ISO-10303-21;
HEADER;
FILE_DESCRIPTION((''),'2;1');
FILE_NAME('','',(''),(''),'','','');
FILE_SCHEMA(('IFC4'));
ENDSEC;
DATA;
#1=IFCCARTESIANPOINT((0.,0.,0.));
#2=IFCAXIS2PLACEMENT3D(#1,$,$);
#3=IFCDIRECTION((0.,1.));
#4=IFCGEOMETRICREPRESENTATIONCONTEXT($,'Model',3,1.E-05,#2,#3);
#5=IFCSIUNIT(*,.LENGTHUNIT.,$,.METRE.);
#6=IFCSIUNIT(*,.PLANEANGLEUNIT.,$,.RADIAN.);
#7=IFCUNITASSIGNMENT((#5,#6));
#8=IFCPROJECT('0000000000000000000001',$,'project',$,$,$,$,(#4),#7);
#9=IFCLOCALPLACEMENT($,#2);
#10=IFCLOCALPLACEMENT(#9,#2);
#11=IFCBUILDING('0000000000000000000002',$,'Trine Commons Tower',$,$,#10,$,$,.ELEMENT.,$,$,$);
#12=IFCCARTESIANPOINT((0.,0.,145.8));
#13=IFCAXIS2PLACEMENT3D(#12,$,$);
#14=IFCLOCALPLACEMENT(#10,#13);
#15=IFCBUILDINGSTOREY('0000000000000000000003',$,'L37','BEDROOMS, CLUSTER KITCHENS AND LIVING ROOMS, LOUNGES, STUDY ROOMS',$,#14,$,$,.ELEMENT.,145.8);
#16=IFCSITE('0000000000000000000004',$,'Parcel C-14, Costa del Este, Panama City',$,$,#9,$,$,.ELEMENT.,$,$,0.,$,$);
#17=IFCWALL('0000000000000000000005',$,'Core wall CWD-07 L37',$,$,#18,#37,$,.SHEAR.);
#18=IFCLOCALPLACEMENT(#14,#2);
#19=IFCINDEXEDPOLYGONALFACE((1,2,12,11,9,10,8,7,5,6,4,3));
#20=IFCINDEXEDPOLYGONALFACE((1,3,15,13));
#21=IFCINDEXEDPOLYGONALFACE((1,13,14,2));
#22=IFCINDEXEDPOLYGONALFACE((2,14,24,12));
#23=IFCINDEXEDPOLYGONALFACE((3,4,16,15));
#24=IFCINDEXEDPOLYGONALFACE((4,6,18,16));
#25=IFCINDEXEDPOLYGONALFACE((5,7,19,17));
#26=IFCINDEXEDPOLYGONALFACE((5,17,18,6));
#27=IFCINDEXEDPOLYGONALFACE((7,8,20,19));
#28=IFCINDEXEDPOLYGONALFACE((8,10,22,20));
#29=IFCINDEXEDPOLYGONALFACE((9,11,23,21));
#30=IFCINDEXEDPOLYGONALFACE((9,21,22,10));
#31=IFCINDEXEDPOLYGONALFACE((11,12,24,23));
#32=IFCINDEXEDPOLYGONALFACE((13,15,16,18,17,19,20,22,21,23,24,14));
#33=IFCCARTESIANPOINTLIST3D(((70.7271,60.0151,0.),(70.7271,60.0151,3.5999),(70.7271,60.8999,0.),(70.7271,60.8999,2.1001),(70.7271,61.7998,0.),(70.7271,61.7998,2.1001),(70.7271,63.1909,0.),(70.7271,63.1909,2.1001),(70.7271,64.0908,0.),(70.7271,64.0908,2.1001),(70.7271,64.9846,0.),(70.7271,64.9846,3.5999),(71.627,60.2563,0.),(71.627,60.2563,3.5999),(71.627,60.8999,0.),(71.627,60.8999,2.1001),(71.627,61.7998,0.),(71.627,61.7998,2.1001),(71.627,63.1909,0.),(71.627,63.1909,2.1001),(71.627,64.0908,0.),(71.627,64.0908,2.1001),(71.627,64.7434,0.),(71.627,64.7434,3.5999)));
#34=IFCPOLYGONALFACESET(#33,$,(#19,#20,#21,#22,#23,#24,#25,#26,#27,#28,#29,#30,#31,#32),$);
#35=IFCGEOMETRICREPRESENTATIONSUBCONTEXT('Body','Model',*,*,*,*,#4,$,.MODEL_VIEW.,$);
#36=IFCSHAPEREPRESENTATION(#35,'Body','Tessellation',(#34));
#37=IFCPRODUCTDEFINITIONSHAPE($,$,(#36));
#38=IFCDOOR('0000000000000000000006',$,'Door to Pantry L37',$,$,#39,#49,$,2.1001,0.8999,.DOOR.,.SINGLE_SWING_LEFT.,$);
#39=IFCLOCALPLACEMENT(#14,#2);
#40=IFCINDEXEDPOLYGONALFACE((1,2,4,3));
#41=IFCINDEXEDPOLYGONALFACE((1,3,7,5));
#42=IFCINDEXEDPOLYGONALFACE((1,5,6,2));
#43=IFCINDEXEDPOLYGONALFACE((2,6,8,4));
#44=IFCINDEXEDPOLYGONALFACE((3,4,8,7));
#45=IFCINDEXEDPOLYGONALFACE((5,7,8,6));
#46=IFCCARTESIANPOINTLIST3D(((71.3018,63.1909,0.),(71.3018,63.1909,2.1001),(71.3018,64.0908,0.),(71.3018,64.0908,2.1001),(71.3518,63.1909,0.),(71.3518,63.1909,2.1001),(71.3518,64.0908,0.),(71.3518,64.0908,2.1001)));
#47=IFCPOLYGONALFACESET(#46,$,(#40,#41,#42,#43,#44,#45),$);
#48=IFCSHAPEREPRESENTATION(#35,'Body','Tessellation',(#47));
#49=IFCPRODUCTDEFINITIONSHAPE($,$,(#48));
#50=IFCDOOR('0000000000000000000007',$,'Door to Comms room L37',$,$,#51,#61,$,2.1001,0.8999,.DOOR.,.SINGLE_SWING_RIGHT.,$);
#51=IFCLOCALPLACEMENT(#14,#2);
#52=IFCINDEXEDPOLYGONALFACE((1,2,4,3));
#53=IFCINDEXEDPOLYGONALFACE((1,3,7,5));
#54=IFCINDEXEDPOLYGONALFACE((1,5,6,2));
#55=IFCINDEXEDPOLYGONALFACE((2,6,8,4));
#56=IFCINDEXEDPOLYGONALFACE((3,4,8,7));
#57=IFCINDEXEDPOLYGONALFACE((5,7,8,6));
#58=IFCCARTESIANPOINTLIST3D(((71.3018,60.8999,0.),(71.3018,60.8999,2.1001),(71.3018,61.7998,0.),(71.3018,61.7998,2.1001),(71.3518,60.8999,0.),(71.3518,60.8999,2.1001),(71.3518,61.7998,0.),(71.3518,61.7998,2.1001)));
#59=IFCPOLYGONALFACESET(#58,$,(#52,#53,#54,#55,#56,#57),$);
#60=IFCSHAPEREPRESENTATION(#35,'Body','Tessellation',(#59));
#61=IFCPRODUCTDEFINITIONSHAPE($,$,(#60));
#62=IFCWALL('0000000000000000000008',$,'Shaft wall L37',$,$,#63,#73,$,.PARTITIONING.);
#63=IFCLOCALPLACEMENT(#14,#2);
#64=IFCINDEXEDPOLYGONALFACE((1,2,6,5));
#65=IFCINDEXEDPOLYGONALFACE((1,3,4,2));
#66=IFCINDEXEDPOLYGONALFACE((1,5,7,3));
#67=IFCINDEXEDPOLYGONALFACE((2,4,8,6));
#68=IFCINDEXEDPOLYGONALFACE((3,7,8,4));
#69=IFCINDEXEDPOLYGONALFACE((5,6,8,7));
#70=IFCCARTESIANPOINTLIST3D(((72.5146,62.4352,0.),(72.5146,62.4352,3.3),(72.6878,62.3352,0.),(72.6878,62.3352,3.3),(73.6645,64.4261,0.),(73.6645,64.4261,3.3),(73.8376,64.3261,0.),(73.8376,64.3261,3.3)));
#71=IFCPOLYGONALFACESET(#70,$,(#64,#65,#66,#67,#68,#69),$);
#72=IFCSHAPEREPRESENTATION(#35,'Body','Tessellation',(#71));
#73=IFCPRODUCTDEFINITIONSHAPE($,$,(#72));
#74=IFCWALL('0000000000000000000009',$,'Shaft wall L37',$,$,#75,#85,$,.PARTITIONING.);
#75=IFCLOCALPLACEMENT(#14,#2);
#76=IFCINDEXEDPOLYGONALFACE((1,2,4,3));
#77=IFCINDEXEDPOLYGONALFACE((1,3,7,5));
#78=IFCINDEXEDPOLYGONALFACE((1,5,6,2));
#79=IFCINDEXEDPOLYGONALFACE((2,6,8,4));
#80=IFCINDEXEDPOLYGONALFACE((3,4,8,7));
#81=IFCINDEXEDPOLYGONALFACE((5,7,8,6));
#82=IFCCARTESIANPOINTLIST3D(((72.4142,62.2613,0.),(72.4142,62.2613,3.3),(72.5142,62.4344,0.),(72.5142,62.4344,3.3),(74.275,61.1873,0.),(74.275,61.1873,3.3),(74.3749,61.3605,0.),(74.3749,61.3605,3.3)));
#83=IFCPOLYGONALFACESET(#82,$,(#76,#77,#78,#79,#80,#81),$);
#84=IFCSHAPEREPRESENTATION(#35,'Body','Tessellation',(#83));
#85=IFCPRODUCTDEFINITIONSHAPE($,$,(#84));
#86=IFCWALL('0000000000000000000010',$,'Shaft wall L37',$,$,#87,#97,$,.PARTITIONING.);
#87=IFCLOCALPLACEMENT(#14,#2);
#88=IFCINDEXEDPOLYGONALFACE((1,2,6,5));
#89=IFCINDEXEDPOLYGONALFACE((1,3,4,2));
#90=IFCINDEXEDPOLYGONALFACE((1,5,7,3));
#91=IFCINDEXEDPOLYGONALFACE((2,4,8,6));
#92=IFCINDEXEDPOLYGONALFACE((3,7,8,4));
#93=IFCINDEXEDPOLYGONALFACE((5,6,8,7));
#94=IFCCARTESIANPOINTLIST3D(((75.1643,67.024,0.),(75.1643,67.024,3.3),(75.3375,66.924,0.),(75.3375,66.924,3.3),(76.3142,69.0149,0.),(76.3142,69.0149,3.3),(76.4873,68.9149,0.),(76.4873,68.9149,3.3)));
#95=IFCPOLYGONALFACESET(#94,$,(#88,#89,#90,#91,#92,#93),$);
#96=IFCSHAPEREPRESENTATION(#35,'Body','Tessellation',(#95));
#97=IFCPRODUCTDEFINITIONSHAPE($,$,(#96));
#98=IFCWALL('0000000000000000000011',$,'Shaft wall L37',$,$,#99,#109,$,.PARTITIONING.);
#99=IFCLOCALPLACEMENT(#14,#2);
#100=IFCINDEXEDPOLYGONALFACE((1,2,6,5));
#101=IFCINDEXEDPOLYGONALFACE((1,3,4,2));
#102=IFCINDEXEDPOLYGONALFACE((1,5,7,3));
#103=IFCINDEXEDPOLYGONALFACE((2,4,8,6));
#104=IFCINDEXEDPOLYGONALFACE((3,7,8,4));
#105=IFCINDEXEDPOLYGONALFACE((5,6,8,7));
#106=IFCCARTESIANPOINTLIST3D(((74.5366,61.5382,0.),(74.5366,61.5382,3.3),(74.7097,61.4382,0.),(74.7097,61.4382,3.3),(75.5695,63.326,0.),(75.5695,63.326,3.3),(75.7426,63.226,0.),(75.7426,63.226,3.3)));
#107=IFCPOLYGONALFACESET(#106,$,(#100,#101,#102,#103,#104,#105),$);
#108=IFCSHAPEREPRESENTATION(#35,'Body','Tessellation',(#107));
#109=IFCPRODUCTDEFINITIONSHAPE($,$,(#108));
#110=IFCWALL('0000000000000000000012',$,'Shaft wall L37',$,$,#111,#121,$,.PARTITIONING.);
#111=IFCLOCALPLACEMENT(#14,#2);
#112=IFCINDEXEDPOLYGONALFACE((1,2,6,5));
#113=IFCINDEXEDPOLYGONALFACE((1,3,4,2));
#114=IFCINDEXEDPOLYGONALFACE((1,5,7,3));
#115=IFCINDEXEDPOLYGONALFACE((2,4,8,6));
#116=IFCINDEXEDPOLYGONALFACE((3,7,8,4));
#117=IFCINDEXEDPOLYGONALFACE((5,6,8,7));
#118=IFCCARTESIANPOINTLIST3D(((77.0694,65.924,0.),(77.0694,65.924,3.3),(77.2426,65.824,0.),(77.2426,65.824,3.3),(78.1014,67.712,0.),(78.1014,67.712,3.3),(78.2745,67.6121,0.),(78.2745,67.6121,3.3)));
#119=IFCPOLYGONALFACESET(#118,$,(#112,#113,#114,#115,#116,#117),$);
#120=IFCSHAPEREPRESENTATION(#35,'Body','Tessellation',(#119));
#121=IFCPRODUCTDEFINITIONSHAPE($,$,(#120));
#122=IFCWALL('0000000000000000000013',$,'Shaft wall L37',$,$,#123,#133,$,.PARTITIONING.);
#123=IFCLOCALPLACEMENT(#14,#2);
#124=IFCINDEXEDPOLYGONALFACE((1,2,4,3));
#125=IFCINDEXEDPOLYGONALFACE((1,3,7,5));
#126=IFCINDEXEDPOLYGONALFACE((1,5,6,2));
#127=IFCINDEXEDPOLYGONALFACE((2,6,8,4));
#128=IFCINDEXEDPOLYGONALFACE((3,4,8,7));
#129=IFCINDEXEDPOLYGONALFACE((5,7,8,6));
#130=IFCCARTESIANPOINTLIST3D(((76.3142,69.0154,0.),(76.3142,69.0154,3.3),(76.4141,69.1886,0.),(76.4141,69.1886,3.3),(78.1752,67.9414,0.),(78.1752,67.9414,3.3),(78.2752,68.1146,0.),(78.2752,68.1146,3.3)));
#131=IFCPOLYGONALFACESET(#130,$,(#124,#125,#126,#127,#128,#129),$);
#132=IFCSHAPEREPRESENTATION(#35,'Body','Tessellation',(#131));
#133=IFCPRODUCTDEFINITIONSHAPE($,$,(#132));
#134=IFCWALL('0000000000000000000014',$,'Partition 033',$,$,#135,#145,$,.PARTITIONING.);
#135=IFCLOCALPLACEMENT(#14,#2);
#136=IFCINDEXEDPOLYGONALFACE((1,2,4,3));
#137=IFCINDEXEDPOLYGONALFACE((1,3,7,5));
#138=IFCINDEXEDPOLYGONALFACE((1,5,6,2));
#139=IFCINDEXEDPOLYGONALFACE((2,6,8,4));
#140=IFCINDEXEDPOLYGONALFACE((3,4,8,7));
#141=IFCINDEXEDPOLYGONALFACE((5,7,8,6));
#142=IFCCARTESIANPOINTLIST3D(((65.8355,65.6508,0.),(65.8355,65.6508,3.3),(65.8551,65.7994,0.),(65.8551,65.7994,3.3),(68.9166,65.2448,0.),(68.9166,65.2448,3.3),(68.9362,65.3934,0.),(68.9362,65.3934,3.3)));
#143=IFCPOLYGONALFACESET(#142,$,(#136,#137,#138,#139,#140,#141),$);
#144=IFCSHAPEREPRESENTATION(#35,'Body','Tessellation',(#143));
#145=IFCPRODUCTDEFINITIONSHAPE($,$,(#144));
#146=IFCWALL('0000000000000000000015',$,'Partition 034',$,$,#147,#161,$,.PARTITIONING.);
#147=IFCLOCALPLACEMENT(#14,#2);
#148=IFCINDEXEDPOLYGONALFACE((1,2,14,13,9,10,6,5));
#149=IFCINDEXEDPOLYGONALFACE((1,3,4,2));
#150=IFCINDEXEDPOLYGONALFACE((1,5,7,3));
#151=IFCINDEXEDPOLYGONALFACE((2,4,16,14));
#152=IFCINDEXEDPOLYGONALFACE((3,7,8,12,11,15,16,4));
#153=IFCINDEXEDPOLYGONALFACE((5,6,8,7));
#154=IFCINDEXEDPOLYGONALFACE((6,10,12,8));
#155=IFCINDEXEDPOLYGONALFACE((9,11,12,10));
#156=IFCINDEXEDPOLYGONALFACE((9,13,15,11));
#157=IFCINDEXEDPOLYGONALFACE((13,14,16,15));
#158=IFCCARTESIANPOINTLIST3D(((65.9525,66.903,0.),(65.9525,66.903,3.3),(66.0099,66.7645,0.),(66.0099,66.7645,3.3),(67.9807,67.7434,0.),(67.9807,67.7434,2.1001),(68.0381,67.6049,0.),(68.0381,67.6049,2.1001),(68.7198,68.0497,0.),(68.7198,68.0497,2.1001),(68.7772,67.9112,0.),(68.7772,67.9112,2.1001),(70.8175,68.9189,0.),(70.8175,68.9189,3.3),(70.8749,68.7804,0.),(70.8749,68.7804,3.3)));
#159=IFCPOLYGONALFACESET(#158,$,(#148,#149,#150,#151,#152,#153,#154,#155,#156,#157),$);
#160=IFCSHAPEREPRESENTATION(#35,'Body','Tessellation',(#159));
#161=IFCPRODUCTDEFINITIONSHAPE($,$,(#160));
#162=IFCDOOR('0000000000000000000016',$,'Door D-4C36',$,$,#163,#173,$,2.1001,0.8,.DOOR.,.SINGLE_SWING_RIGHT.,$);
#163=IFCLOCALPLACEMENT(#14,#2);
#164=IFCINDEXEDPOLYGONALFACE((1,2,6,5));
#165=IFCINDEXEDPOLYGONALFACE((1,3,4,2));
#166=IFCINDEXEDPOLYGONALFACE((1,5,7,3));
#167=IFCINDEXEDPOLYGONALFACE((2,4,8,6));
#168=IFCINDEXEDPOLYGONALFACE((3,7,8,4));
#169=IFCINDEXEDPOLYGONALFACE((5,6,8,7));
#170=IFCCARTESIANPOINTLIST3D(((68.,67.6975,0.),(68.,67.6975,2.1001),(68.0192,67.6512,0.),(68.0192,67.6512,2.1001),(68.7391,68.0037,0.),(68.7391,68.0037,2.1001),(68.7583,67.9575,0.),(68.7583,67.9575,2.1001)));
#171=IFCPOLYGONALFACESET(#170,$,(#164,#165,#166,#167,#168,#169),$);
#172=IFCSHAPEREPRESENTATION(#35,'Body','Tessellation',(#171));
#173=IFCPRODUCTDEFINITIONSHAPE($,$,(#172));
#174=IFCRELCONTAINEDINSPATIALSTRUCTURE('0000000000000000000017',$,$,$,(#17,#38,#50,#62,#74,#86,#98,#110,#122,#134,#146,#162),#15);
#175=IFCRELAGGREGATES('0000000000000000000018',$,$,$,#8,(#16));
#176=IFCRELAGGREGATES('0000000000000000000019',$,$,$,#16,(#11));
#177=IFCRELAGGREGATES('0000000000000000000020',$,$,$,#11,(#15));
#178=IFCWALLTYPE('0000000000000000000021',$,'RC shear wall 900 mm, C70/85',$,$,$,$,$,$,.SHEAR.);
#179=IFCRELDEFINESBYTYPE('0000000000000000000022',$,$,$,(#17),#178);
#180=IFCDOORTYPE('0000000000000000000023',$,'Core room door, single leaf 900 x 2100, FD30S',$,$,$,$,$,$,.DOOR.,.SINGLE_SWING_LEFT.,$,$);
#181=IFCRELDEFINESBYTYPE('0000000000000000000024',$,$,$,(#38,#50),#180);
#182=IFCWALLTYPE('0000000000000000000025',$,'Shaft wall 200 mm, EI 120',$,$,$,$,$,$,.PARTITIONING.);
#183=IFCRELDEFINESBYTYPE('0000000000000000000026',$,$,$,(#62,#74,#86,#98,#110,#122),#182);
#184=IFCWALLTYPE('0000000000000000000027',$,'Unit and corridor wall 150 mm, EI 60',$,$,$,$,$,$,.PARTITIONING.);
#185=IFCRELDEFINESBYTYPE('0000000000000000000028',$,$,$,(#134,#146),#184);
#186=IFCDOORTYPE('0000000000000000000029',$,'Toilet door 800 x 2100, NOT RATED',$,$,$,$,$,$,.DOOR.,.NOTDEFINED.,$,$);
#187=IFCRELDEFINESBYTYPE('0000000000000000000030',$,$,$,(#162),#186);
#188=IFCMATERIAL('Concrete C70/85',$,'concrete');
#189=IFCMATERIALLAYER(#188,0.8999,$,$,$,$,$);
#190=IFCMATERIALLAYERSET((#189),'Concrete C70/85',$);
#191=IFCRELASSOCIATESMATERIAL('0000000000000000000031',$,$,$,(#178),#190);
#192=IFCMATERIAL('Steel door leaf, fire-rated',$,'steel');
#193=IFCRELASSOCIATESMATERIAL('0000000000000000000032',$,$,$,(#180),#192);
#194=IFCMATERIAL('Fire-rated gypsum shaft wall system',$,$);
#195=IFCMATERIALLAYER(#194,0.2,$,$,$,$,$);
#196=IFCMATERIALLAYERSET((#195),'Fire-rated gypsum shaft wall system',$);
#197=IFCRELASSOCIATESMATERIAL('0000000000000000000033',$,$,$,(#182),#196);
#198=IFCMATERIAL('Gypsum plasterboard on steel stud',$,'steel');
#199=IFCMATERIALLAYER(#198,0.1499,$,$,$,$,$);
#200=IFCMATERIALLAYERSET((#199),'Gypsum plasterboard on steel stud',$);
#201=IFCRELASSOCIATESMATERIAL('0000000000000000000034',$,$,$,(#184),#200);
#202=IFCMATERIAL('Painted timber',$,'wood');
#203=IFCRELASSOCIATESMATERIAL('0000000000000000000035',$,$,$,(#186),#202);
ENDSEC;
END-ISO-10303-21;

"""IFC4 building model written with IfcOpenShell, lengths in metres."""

from ifc_helpers import new_model, si_unit, direction, frame, frame_2d, origin, place, context, subcontext, project, spatial, polyline, rectangle, outline, extrude, material, layer, layer_set, type_object, element, fill, save


model = new_model("IFC4")

# Units and contexts
model_context = context("Model", 3, precision=1e-05, world=origin(), true_north=direction((0.0, 1.0)))
body_context = subcontext(model_context, "Body", "Model", "MODEL_VIEW")
ifc_project = project(units=[si_unit("LENGTHUNIT", "METRE"), si_unit("PLANEANGLEUNIT", "RADIAN")], contexts=[model_context])

# Site, building, storey
site_placement = place(None, origin())
site = spatial("IfcSite", under=ifc_project, at=site_placement, Name="Parcel C-14, Costa del Este, Panama City", CompositionType="ELEMENT", RefElevation=0.0)
building_placement = place(site_placement, origin())
building = spatial("IfcBuilding", under=site, at=building_placement, Name="Trine Commons Tower", CompositionType="ELEMENT")
storey_placement = place(building_placement, frame((0.0, 0.0, 145.8)))
storey = spatial("IfcBuildingStorey", under=building, at=storey_placement, Name="L37", Description="BEDROOMS, CLUSTER KITCHENS AND LIVING ROOMS, LOUNGES, STUDY ROOMS", CompositionType="ELEMENT", Elevation=145.8)

# Shared definitions
ifc_material_1 = material(Name="Fire-rated gypsum shaft wall system")
ifc_material_2 = material(Name="Steel door leaf, fire-rated", Category="steel")
ifc_material_3 = material(Name="Concrete C70/85", Category="concrete")

# Wall, openings, doors
ifc_layer_1 = layer(ifc_material_3, 0.8999)
ifc_layer_set_1 = layer_set([ifc_layer_1], Name="Concrete C70/85")
wall_type_1 = type_object("IfcWallType", Name="RC shear wall 900 mm, C70/85", PredefinedType="SHEAR", material=ifc_layer_set_1)
wall_1_placement = place(storey_placement, frame((71.177, 64.9846, 0.0), z_axis=(0.0, 0.0, 1.0), x_axis=(0.0, -1.0, 0.0)))
wall_1 = element("IfcWall", 1, at=wall_1_placement, inside=storey, type_object=wall_type_1, Name="Core wall CWD-07 L37", PredefinedType="SHEAR", context=body_context, shape_type="SweptSolid", body=[
    extrude(outline(polyline([(0.0, -0.45), (4.9695, -0.45), (4.7283, 0.45), (0.2412, 0.45), (0.0, -0.45)])), origin(), (0.0, 0.0, 1.0), 3.5999),
])
opening_1_placement = place(wall_1_placement, frame((0.8938, 0.0, 0.0)))
opening_1 = element("IfcOpeningElement", 2, at=opening_1_placement, cuts=wall_1, PredefinedType="OPENING", context=body_context, shape_type="SweptSolid", body=[
    extrude(rectangle(XDim=0.8999, YDim=2.1001, at=frame_2d((0.45, 1.05))), frame((0.0, 0.46, 0.0), z_axis=(0.0, -1.0, 0.0), x_axis=(1.0, 0.0, 0.0)), (0.0, 0.0, 1.0), 0.9199),
])
opening_2_placement = place(wall_1_placement, frame((3.1848, 0.0, 0.0)))
opening_2 = element("IfcOpeningElement", 3, at=opening_2_placement, cuts=wall_1, PredefinedType="OPENING", context=body_context, shape_type="SweptSolid", body=[
    extrude(rectangle(XDim=0.8999, YDim=2.1001, at=frame_2d((0.45, 1.05))), frame((0.0, 0.46, 0.0), z_axis=(0.0, -1.0, 0.0), x_axis=(1.0, 0.0, 0.0)), (0.0, 0.0, 1.0), 0.9199),
])
door_type_1 = type_object("IfcDoorType", Name="Core room door, single leaf 900 x 2100, FD30S", OperationType="SINGLE_SWING_LEFT", PredefinedType="DOOR", material=ifc_material_2)
door_1_placement = place(opening_1_placement, origin())
door_1 = element("IfcDoor", 4, at=door_1_placement, inside=storey, type_object=door_type_1, Name="Door to Pantry L37", OperationType="SINGLE_SWING_LEFT", OverallHeight=2.1001, OverallWidth=0.8999, PredefinedType="DOOR", context=body_context, shape_type="SweptSolid", body=[
    extrude(rectangle(XDim=0.8999, YDim=2.1001, at=frame_2d((0.45, 1.05))), frame((0.0, 0.1748, 0.0), z_axis=(0.0, -1.0, 0.0), x_axis=(1.0, 0.0, 0.0)), (0.0, 0.0, 1.0), 0.05),
])
fill(opening_1, door_1)
door_2_placement = place(opening_2_placement, origin())
door_2 = element("IfcDoor", 5, at=door_2_placement, inside=storey, type_object=door_type_1, Name="Door to Comms room L37", OperationType="SINGLE_SWING_RIGHT", OverallHeight=2.1001, OverallWidth=0.8999, PredefinedType="DOOR", context=body_context, shape_type="SweptSolid", body=[
    extrude(rectangle(XDim=0.8999, YDim=2.1001, at=frame_2d((0.45, 1.05))), frame((0.0, 0.1748, 0.0), z_axis=(0.0, -1.0, 0.0), x_axis=(1.0, 0.0, 0.0)), (0.0, 0.0, 1.0), 0.05),
])
fill(opening_2, door_2)

# Walls
ifc_layer_2 = layer(ifc_material_1, 0.2)
ifc_layer_set_2 = layer_set([ifc_layer_2], Name="Fire-rated gypsum shaft wall system")
wall_type_2 = type_object("IfcWallType", Name="Shaft wall 200 mm, EI 120", PredefinedType="PARTITIONING", material=ifc_layer_set_2)
wall_2_placement = place(storey_placement, frame((73.751, 64.376, 0.0), z_axis=(0.0, 0.0, 1.0), x_axis=(-0.500136, -0.865947, 0.0)))
element("IfcWall", 6, at=wall_2_placement, inside=storey, type_object=wall_type_2, Name="Shaft wall L37", PredefinedType="PARTITIONING", context=body_context, shape_type="SweptSolid", body=[
    extrude(rectangle(XDim=2.2991, YDim=0.2, at=frame_2d((1.1494, 0.0))), origin(), (0.0, 0.0, 1.0), 3.3),
])
wall_3_placement = place(storey_placement, frame((74.325, 61.2739, 0.0), z_axis=(0.0, 0.0, 1.0), x_axis=(-0.866102, 0.499867, 0.0)))
element("IfcWall", 7, at=wall_3_placement, inside=storey, type_object=wall_type_2, Name="Shaft wall L37", PredefinedType="PARTITIONING", context=body_context, shape_type="SweptSolid", body=[
    extrude(rectangle(XDim=2.1484, YDim=0.2, at=frame_2d((1.0742, 0.0))), origin(), (0.0, 0.0, 1.0), 3.3),
])
wall_4_placement = place(storey_placement, frame((75.251, 66.9741, 0.0), z_axis=(0.0, 0.0, 1.0), x_axis=(0.500136, 0.865947, 0.0)))
element("IfcWall", 8, at=wall_4_placement, inside=storey, type_object=wall_type_2, Name="Shaft wall L37", PredefinedType="PARTITIONING", context=body_context, shape_type="SweptSolid", body=[
    extrude(rectangle(XDim=2.2991, YDim=0.2, at=frame_2d((1.1494, 0.0))), origin(), (0.0, 0.0, 1.0), 3.3),
])
wall_5_placement = place(storey_placement, frame((75.656, 63.2759, 0.0), z_axis=(0.0, 0.0, 1.0), x_axis=(-0.500272, -0.865868, 0.0)))
element("IfcWall", 9, at=wall_5_placement, inside=storey, type_object=wall_type_2, Name="Shaft wall L37", PredefinedType="PARTITIONING", context=body_context, shape_type="SweptSolid", body=[
    extrude(rectangle(XDim=2.0647, YDim=0.2, at=frame_2d((1.0322, 0.0))), origin(), (0.0, 0.0, 1.0), 3.3),
])
wall_6_placement = place(storey_placement, frame((77.156, 65.874, 0.0), z_axis=(0.0, 0.0, 1.0), x_axis=(0.499866, 0.866103, 0.0)))
element("IfcWall", 10, at=wall_6_placement, inside=storey, type_object=wall_type_2, Name="Shaft wall L37", PredefinedType="PARTITIONING", context=body_context, shape_type="SweptSolid", body=[
    extrude(rectangle(XDim=2.0645, YDim=0.2, at=frame_2d((1.0322, 0.0))), origin(), (0.0, 0.0, 1.0), 3.3),
])
wall_7_placement = place(storey_placement, frame((78.2251, 68.0281, 0.0), z_axis=(0.0, 0.0, 1.0), x_axis=(-0.866131, 0.499818, 0.0)))
element("IfcWall", 11, at=wall_7_placement, inside=storey, type_object=wall_type_2, Name="Shaft wall L37", PredefinedType="PARTITIONING", context=body_context, shape_type="SweptSolid", body=[
    extrude(rectangle(XDim=2.1487, YDim=0.2, at=frame_2d((1.0742, 0.0))), origin(), (0.0, 0.0, 1.0), 3.3),
])
ifc_material_4 = material(Name="Gypsum plasterboard on steel stud", Category="steel")
ifc_layer_3 = layer(ifc_material_4, 0.1499)
ifc_layer_set_3 = layer_set([ifc_layer_3], Name="Gypsum plasterboard on steel stud")
wall_type_3 = type_object("IfcWallType", Name="Unit and corridor wall 150 mm, EI 60", PredefinedType="PARTITIONING", material=ifc_layer_set_3)
wall_8_placement = place(storey_placement, frame((65.8455, 65.7251, 0.0), z_axis=(0.0, 0.0, 1.0), x_axis=(0.991429, -0.130646, 0.0)))
element("IfcWall", 12, at=wall_8_placement, inside=storey, type_object=wall_type_3, Name="Partition 033", PredefinedType="PARTITIONING", context=body_context, shape_type="SweptSolid", body=[
    extrude(rectangle(XDim=3.1077, YDim=0.1499, at=frame_2d((1.5537, 0.0))), origin(), (0.0, 0.0, 1.0), 3.3),
])

# Wall, opening, door
wall_9_placement = place(storey_placement, frame((65.9812, 66.8337, 0.0), z_axis=(0.0, 0.0, 1.0), x_axis=(0.923831, 0.382801, 0.0)))
wall_9 = element("IfcWall", 13, at=wall_9_placement, inside=storey, type_object=wall_type_3, Name="Partition 034", PredefinedType="PARTITIONING", context=body_context, shape_type="SweptSolid", body=[
    extrude(rectangle(XDim=5.2661, YDim=0.1499, at=frame_2d((2.6331, 0.0))), origin(), (0.0, 0.0, 1.0), 3.3),
])
opening_3_placement = place(wall_9_placement, frame((2.1956, 0.0, 0.0)))
opening_3 = element("IfcOpeningElement", 14, at=opening_3_placement, cuts=wall_9, PredefinedType="OPENING", context=body_context, shape_type="SweptSolid", body=[
    extrude(rectangle(XDim=0.8, YDim=2.1001, at=frame_2d((0.3999, 1.05))), frame((0.0, 0.085, 0.0), z_axis=(0.0, -1.0, 0.0), x_axis=(1.0, 0.0, 0.0)), (0.0, 0.0, 1.0), 0.1699),
])
ifc_material_5 = material(Name="Painted timber", Category="wood")
door_type_2 = type_object("IfcDoorType", Name="Toilet door 800 x 2100, NOT RATED", OperationType="NOTDEFINED", PredefinedType="DOOR", material=ifc_material_5)
door_3_placement = place(opening_3_placement, frame((0.8, 0.0, 0.0), z_axis=(0.0, 0.0, 1.0), x_axis=(-1.0, 0.0, 0.0)))
door_3 = element("IfcDoor", 15, at=door_3_placement, inside=storey, type_object=door_type_2, Name="Door D-4C36", OperationType="SINGLE_SWING_RIGHT", OverallHeight=2.1001, OverallWidth=0.8, PredefinedType="DOOR", context=body_context, shape_type="SweptSolid", body=[
    extrude(rectangle(XDim=0.8, YDim=2.1001, at=frame_2d((0.3999, 1.05))), frame((0.0, 0.0249, 0.0), z_axis=(0.0, -1.0, 0.0), x_axis=(1.0, 0.0, 0.0)), (0.0, 0.0, 1.0), 0.05),
])
fill(opening_3, door_3)

save(model, "model.ifc")
